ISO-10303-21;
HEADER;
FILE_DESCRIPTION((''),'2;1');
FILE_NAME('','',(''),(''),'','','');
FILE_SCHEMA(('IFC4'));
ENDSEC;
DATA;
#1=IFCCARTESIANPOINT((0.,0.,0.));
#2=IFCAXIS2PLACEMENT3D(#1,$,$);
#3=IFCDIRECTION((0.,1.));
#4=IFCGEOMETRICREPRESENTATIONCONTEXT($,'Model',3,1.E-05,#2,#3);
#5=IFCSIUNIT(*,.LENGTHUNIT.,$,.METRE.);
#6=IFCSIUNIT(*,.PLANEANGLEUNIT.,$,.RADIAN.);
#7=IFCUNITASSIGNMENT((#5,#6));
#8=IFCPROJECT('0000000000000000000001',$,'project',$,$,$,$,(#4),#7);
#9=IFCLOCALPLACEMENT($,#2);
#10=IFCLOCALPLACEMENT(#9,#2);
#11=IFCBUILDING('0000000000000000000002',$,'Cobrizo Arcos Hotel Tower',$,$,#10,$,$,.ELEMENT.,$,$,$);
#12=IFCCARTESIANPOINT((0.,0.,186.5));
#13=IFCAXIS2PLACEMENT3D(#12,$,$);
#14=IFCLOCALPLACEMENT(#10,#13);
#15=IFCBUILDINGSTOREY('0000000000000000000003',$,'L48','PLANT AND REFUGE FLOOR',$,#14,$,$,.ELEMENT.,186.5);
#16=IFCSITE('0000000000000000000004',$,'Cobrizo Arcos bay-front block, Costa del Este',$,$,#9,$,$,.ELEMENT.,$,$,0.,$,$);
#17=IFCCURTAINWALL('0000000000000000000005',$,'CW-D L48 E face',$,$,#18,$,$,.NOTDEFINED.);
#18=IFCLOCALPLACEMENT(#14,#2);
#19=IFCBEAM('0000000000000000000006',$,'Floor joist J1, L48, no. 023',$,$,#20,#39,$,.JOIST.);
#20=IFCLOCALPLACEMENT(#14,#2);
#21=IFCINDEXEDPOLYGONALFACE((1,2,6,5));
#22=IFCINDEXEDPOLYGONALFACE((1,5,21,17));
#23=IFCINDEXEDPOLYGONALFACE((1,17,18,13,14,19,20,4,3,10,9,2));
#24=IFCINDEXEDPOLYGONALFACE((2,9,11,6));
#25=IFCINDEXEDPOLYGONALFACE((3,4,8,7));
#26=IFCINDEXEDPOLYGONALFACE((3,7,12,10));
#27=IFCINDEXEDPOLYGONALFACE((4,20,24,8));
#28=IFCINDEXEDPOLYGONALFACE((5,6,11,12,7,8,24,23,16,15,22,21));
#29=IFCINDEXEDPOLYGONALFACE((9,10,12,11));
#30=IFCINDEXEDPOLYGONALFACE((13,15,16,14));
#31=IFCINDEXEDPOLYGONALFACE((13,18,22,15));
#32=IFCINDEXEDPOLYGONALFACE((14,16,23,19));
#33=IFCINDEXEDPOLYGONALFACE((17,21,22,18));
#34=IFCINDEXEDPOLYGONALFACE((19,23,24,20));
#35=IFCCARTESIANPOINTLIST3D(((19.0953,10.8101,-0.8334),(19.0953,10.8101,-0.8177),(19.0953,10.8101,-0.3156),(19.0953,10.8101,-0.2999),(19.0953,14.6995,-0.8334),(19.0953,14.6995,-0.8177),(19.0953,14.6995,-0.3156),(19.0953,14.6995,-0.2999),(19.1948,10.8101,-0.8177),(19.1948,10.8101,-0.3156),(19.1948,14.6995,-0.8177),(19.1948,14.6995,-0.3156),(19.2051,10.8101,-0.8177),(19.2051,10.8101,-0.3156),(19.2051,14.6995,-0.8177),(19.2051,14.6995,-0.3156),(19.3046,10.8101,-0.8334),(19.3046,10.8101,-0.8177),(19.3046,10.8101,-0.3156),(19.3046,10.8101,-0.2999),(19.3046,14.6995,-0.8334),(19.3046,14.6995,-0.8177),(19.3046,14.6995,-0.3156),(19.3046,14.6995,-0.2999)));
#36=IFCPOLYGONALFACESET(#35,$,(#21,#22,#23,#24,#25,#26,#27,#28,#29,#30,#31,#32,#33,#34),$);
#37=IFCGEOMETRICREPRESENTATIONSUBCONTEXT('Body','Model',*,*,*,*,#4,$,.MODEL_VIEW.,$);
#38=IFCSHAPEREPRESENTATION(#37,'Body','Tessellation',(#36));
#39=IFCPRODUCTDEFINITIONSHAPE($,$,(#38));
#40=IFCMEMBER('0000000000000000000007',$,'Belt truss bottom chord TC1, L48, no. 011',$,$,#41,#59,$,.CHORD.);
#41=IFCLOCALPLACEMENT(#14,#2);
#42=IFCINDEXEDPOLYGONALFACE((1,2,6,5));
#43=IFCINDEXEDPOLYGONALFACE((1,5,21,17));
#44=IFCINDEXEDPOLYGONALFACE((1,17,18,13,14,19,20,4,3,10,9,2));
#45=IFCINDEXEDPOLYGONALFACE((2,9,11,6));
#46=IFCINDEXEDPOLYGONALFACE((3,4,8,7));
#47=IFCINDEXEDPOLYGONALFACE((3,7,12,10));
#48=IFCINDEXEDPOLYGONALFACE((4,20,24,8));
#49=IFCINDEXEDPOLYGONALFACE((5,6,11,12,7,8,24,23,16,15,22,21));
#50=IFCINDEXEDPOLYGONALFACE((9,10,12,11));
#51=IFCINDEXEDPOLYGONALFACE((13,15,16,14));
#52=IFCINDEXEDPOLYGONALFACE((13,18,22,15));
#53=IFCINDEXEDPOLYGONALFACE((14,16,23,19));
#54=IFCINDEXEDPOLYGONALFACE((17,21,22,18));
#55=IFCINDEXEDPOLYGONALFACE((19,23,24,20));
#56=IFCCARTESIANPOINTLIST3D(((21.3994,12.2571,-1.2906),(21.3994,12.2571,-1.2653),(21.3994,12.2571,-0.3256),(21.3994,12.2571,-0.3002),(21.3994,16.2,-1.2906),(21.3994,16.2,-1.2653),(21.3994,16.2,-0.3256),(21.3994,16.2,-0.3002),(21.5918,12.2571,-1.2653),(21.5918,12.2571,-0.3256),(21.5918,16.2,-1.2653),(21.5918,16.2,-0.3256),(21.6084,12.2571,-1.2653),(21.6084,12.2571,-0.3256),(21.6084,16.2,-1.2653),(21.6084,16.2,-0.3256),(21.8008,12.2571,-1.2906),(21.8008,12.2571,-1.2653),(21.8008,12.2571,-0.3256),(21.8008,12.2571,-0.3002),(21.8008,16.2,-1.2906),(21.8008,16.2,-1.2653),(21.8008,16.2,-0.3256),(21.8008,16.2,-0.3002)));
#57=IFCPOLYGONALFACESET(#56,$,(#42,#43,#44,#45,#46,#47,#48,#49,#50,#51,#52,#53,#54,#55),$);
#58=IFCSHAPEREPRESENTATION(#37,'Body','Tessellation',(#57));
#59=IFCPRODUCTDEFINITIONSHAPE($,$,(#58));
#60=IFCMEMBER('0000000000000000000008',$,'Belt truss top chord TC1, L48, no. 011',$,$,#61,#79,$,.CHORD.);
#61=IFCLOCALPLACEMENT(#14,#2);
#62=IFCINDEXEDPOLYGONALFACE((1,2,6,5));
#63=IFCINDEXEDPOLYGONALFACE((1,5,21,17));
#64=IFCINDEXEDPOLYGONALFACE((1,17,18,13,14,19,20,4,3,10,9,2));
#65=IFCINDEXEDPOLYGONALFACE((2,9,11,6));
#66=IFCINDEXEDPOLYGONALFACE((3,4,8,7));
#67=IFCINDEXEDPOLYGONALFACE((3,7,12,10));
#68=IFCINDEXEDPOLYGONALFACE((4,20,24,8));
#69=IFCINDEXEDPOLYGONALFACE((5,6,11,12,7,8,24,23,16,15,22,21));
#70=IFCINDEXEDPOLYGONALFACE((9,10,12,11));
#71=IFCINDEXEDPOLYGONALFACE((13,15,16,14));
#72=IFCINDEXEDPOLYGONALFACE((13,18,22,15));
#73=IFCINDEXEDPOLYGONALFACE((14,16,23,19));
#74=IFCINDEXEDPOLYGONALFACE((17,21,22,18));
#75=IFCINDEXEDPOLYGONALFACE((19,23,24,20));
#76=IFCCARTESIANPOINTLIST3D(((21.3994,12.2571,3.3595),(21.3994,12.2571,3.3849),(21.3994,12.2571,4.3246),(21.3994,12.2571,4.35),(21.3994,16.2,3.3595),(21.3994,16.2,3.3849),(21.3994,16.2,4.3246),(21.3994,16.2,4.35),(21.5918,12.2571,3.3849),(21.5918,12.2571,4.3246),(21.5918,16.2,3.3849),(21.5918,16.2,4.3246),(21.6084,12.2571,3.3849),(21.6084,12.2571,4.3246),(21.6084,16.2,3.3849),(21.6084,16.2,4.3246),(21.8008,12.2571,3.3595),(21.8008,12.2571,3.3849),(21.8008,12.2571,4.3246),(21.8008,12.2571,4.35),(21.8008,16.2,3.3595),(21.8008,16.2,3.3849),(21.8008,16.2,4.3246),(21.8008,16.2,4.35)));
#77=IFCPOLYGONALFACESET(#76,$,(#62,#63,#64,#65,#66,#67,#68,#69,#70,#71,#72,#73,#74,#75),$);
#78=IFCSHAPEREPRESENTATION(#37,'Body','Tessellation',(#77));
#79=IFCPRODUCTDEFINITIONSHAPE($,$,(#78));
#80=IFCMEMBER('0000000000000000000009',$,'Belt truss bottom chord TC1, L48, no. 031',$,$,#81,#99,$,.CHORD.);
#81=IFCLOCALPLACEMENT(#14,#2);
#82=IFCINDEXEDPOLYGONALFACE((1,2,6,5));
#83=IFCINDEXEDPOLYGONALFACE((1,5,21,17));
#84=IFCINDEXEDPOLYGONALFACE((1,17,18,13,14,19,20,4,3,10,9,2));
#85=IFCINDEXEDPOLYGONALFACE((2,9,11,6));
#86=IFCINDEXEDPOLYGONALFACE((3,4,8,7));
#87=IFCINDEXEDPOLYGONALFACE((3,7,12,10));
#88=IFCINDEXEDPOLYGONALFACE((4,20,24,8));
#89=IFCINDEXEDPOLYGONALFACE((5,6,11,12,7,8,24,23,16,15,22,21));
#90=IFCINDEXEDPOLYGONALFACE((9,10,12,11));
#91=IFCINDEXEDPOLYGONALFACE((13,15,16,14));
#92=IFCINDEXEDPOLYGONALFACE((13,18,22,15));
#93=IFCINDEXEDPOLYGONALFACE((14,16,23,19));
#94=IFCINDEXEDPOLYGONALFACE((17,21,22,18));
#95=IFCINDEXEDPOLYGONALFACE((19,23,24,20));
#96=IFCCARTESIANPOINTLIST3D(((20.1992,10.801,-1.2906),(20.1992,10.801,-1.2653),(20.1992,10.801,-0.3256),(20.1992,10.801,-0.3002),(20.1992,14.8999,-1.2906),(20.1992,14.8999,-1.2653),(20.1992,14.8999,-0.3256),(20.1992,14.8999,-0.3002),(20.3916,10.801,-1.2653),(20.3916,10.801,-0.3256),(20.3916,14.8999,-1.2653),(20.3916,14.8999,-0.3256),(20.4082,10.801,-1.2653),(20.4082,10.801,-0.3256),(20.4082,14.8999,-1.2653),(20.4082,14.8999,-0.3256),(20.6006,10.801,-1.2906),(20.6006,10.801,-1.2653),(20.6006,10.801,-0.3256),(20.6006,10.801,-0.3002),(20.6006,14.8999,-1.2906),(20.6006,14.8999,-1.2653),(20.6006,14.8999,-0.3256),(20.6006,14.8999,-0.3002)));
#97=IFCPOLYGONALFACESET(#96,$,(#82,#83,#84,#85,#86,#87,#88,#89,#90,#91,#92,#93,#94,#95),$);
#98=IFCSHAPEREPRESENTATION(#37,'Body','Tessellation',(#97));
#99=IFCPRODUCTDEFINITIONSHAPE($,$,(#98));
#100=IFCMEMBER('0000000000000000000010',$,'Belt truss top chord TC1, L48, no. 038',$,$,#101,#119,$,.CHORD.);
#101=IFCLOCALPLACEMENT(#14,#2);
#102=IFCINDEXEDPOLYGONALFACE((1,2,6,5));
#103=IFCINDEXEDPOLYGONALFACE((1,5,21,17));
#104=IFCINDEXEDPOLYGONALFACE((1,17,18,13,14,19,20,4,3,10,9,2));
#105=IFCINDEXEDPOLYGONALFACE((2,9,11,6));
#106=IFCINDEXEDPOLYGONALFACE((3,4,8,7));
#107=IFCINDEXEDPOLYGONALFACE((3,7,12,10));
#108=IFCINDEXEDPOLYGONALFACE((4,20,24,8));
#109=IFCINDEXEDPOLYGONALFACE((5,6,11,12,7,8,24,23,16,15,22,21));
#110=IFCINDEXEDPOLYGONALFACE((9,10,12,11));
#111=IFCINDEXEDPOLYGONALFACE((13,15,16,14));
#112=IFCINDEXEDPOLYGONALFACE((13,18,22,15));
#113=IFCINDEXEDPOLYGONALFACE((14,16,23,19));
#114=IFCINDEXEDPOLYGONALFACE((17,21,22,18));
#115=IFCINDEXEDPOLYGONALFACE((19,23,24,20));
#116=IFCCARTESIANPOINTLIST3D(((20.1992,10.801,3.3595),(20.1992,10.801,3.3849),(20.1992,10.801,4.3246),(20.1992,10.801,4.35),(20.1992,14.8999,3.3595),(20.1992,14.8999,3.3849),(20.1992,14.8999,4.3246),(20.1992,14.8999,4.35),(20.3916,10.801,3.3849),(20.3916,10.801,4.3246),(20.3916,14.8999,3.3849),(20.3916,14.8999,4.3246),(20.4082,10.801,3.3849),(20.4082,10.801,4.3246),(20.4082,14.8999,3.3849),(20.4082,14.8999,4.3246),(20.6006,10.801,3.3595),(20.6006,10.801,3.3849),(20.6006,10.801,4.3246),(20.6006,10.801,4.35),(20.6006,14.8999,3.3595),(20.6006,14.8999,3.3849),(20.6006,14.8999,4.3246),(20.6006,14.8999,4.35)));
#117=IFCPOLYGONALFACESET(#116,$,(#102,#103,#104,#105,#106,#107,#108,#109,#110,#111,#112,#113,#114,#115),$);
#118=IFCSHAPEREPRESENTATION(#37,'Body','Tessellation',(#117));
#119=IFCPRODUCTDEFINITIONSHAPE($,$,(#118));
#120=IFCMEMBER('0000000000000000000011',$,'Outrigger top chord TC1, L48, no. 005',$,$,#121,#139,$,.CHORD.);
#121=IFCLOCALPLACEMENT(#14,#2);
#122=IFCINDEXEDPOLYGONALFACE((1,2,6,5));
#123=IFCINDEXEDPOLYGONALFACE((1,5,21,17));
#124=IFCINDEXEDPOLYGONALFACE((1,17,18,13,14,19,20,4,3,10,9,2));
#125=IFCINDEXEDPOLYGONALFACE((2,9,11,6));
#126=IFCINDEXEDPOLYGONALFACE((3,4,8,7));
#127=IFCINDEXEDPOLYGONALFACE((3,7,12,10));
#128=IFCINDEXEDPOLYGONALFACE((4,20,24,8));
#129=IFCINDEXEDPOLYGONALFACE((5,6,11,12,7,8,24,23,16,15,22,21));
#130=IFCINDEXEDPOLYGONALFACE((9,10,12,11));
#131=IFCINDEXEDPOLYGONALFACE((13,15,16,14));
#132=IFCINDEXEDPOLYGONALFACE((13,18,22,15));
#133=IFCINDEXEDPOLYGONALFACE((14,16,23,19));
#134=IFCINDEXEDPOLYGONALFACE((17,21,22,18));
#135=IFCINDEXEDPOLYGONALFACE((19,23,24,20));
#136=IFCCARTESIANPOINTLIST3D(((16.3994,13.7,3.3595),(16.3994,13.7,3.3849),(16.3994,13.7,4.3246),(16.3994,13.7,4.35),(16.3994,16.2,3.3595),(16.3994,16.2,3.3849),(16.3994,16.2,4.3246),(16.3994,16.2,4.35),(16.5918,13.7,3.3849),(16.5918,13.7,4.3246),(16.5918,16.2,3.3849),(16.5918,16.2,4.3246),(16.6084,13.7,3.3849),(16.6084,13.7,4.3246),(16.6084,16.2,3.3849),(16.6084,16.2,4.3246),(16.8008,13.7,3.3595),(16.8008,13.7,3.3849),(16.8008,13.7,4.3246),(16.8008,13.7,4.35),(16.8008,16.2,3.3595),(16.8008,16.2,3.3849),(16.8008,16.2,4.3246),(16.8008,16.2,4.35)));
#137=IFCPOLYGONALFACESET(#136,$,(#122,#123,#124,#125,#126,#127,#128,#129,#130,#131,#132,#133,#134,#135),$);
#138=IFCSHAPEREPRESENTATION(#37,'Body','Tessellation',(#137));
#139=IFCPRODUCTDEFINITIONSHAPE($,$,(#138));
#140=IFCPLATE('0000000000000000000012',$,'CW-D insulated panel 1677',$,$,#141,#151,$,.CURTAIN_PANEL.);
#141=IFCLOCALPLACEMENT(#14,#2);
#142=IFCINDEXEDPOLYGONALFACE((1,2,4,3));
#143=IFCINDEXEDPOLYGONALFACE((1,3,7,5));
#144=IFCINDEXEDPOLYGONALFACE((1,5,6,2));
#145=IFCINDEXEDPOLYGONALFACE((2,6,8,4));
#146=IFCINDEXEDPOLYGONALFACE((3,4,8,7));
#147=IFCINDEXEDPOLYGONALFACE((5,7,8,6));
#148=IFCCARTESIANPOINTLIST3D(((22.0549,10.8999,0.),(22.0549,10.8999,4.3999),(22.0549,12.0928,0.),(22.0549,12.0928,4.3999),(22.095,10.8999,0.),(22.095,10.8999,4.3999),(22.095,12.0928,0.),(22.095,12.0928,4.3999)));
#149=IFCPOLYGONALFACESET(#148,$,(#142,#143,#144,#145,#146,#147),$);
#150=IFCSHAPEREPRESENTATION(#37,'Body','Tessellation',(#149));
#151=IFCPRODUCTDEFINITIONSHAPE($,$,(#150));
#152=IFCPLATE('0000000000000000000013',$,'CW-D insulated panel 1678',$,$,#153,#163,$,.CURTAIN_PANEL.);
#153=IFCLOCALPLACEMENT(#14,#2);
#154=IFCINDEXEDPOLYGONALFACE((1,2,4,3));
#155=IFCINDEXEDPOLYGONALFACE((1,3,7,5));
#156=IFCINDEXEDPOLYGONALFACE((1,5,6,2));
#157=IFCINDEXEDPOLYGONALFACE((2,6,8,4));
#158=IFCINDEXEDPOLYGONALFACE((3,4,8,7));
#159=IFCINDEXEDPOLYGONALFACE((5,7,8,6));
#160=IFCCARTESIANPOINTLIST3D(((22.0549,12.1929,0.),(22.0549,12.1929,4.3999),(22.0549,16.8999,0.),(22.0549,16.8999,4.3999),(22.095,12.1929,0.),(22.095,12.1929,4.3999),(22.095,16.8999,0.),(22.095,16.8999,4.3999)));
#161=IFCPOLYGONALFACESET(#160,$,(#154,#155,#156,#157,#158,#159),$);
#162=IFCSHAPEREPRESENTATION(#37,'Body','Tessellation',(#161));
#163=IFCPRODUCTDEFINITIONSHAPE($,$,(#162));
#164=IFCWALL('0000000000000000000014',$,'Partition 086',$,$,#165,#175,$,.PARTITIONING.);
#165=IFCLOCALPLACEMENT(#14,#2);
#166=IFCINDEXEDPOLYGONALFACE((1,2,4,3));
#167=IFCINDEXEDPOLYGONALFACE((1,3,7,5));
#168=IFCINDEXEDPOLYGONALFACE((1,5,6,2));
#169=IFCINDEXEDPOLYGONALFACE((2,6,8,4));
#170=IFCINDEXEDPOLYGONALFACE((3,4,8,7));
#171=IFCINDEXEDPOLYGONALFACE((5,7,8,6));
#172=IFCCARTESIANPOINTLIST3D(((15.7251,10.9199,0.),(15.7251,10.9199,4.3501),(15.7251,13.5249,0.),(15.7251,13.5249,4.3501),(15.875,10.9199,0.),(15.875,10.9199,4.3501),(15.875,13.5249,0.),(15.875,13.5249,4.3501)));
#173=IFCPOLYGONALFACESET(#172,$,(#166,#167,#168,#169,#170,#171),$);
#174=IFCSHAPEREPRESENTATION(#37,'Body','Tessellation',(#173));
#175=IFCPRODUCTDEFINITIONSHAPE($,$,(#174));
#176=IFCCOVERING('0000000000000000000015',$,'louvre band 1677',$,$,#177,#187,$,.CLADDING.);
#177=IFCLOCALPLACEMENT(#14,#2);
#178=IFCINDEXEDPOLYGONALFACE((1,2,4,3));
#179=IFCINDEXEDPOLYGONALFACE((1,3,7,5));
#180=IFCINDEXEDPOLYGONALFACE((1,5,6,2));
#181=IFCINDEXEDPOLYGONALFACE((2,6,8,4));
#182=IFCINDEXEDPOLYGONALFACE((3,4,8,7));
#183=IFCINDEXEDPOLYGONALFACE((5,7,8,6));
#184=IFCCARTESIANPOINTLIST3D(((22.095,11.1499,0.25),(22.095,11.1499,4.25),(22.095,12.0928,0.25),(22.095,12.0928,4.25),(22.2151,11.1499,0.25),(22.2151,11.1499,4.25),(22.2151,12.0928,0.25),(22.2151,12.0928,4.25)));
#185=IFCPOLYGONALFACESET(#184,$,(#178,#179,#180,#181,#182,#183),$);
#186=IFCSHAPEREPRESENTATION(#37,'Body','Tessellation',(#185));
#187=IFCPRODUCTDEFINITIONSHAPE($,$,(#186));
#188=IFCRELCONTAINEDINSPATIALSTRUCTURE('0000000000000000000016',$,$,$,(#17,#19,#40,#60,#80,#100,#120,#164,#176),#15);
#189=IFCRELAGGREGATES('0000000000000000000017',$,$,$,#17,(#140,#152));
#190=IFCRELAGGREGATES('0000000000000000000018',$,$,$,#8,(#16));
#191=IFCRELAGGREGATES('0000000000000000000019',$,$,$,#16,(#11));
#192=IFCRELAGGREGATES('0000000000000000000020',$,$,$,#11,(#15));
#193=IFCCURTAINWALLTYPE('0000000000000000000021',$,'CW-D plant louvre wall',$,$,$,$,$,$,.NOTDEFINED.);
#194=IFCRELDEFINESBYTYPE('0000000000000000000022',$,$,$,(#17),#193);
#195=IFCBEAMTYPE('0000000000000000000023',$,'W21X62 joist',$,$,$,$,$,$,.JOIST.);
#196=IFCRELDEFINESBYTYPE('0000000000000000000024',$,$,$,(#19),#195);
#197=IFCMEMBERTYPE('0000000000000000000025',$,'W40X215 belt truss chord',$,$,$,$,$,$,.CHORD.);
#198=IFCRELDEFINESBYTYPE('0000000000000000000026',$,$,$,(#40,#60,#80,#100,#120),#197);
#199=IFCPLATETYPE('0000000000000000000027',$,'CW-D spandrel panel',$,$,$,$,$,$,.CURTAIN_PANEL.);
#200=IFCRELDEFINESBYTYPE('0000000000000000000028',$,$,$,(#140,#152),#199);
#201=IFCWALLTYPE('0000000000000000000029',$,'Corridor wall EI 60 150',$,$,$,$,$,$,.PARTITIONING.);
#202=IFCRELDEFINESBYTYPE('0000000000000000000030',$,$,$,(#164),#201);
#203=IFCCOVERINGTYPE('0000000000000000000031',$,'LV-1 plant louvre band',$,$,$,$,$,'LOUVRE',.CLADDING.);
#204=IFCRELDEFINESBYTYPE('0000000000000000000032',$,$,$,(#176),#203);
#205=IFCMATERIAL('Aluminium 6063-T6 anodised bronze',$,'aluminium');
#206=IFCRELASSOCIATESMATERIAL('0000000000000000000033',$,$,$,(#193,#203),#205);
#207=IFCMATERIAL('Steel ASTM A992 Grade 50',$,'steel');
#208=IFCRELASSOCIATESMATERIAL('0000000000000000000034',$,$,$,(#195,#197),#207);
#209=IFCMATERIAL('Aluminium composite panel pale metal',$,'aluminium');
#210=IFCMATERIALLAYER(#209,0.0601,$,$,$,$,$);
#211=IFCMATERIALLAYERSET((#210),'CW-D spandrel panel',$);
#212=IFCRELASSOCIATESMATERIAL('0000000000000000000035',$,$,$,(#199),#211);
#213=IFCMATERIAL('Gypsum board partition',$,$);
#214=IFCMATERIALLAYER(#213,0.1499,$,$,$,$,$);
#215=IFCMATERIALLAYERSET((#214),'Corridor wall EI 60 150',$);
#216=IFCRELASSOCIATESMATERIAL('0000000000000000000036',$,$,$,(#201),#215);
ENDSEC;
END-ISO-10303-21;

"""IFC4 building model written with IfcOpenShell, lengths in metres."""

from ifc_helpers import new_model, si_unit, direction, frame, frame_2d, origin, origin_2d, place, context, subcontext, project, spatial, rectangle, i_section, extrude, material, layer, layer_set, material_profile, profile_set, type_object, element, aggregate, save


model = new_model("IFC4")

# Units and contexts
model_context = context("Model", 3, precision=1e-05, world=origin(), true_north=direction((0.0, 1.0)))
body_context = subcontext(model_context, "Body", "Model", "MODEL_VIEW")
ifc_project = project(units=[si_unit("LENGTHUNIT", "METRE"), si_unit("PLANEANGLEUNIT", "RADIAN")], contexts=[model_context])

# Site, building, storey
site_placement = place(None, origin())
site = spatial("IfcSite", under=ifc_project, at=site_placement, Name="Cobrizo Arcos bay-front block, Costa del Este", CompositionType="ELEMENT", RefElevation=0.0)
building_placement = place(site_placement, origin())
building = spatial("IfcBuilding", under=site, at=building_placement, Name="Cobrizo Arcos Hotel Tower", CompositionType="ELEMENT")
storey_placement = place(building_placement, frame((0.0, 0.0, 186.5)))
storey = spatial("IfcBuildingStorey", under=building, at=storey_placement, Name="L48", Description="PLANT AND REFUGE FLOOR", CompositionType="ELEMENT", Elevation=186.5)

# Curtain wall
ifc_material_1 = material(Name="Aluminium 6063-T6 anodised bronze", Category="aluminium")
curtain_wall_type = type_object("IfcCurtainWallType", Name="CW-D plant louvre wall", PredefinedType="NOTDEFINED", material=ifc_material_1)
curtain_wall_placement = place(storey_placement, origin())
curtain_wall = element("IfcCurtainWall", 1, at=curtain_wall_placement, inside=storey, type_object=curtain_wall_type, Name="CW-D L48 E face", PredefinedType="NOTDEFINED")

# Shared definitions
ifc_material_2 = material(Name="Steel ASTM A992 Grade 50", Category="steel")

# Beam
ifc_material_profile_1 = material_profile(ifc_material_2, i_section(OverallWidth=0.2092, OverallDepth=0.5334, WebThickness=0.0103, FlangeThickness=0.0156, at=origin_2d()), Name="W21X62")
ifc_profile_set_1 = profile_set([ifc_material_profile_1], Name="Steel ASTM A992 Grade 50")
beam_type = type_object("IfcBeamType", Name="W21X62 joist", PredefinedType="JOIST", material=ifc_profile_set_1)
beam_placement = place(storey_placement, frame((19.2, 10.8101, -0.5667), z_axis=(0.0, 1.0, 0.0), x_axis=(-1.0, 0.0, 0.0)))
element("IfcBeam", 2, at=beam_placement, inside=storey, type_object=beam_type, Name="Floor joist J1, L48, no. 023", PredefinedType="JOIST", context=body_context, shape_type="SweptSolid", body=[
    extrude(i_section(OverallWidth=0.2092, OverallDepth=0.5334, WebThickness=0.0103, FlangeThickness=0.0156, at=origin_2d()), origin(), (0.0, 0.0, 1.0), 3.8894),
])

# Members
ifc_material_profile_2 = material_profile(ifc_material_2, i_section(OverallWidth=0.4014, OverallDepth=0.9905, WebThickness=0.0166, FlangeThickness=0.0254, at=origin_2d()), Name="W40X215")
ifc_profile_set_2 = profile_set([ifc_material_profile_2], Name="Steel ASTM A992 Grade 50")
member_type_1 = type_object("IfcMemberType", Name="W40X215 belt truss chord", PredefinedType="CHORD", material=ifc_profile_set_2)
for number, where, z_axis, x_axis, name in (
    (3, (21.6001, 12.2571, -0.7954), (0.0, 1.0, 0.0), (-1.0, 0.0, 0.0), "Belt truss bottom chord TC1, L48, no. 011"),
    (4, (21.6001, 12.2571, 3.8547), (0.0, 1.0, 0.0), (-1.0, 0.0, 0.0), "Belt truss top chord TC1, L48, no. 011"),
):
    element("IfcMember", number, at=place(storey_placement, frame(where, z_axis=z_axis, x_axis=x_axis)), inside=storey, type_object=member_type_1, Name=name, PredefinedType="CHORD", context=body_context, shape_type="SweptSolid", body=[
        extrude(i_section(OverallWidth=0.4014, OverallDepth=0.9905, WebThickness=0.0166, FlangeThickness=0.0254, at=origin_2d()), origin(), (0.0, 0.0, 1.0), 3.9429),
    ])
for number, where, z_axis, x_axis, name in (
    (5, (20.3999, 10.801, -0.7954), (0.0, 1.0, 0.0), (-1.0, 0.0, 0.0), "Belt truss bottom chord TC1, L48, no. 031"),
    (6, (20.3999, 10.801, 3.8547), (0.0, 1.0, 0.0), (-1.0, 0.0, 0.0), "Belt truss top chord TC1, L48, no. 038"),
):
    element("IfcMember", number, at=place(storey_placement, frame(where, z_axis=z_axis, x_axis=x_axis)), inside=storey, type_object=member_type_1, Name=name, PredefinedType="CHORD", context=body_context, shape_type="SweptSolid", body=[
        extrude(i_section(OverallWidth=0.4014, OverallDepth=0.9905, WebThickness=0.0166, FlangeThickness=0.0254, at=origin_2d()), origin(), (0.0, 0.0, 1.0), 4.0989),
    ])
member_1_placement = place(storey_placement, frame((16.6001, 13.7, 3.8547), z_axis=(0.0, 1.0, 0.0), x_axis=(-1.0, 0.0, 0.0)))
element("IfcMember", 7, at=member_1_placement, inside=storey, type_object=member_type_1, Name="Outrigger top chord TC1, L48, no. 005", PredefinedType="CHORD", context=body_context, shape_type="SweptSolid", body=[
    extrude(i_section(OverallWidth=0.4014, OverallDepth=0.9905, WebThickness=0.0166, FlangeThickness=0.0254, at=origin_2d()), origin(), (0.0, 0.0, 1.0), 2.5),
])

# Plates
ifc_material_3 = material(Name="Aluminium composite panel pale metal", Category="aluminium")
ifc_layer_1 = layer(ifc_material_3, 0.0601)
ifc_layer_set_1 = layer_set([ifc_layer_1], Name="CW-D spandrel panel")
plate_type = type_object("IfcPlateType", Name="CW-D spandrel panel", PredefinedType="CURTAIN_PANEL", material=ifc_layer_set_1)
plate_1_placement = place(storey_placement, frame((22.075, 11.4963, 0.0), z_axis=(0.0, 0.0, 1.0), x_axis=(0.0, 1.0, 0.0)))
plate_1 = element("IfcPlate", 8, at=plate_1_placement, type_object=plate_type, Name="CW-D insulated panel 1677", PredefinedType="CURTAIN_PANEL", context=body_context, shape_type="SweptSolid", body=[
    extrude(rectangle(XDim=1.1929, YDim=0.04, at=origin_2d()), origin(), (0.0, 0.0, 1.0), 4.3999),
])
plate_2_placement = place(storey_placement, frame((22.075, 14.5464, 0.0), z_axis=(0.0, 0.0, 1.0), x_axis=(0.0, 1.0, 0.0)))
plate_2 = element("IfcPlate", 9, at=plate_2_placement, type_object=plate_type, Name="CW-D insulated panel 1678", PredefinedType="CURTAIN_PANEL", context=body_context, shape_type="SweptSolid", body=[
    extrude(rectangle(XDim=4.707, YDim=0.04, at=origin_2d()), origin(), (0.0, 0.0, 1.0), 4.3999),
])
aggregate(curtain_wall, [plate_1, plate_2])

# Wall
ifc_material_4 = material(Name="Gypsum board partition")
ifc_layer_2 = layer(ifc_material_4, 0.1499)
ifc_layer_set_2 = layer_set([ifc_layer_2], Name="Corridor wall EI 60 150")
wall_type = type_object("IfcWallType", Name="Corridor wall EI 60 150", PredefinedType="PARTITIONING", material=ifc_layer_set_2)
wall_placement = place(storey_placement, frame((15.8, 10.9199, 0.0), z_axis=(0.0, 0.0, 1.0), x_axis=(0.0, 1.0, 0.0)))
element("IfcWall", 10, at=wall_placement, inside=storey, type_object=wall_type, Name="Partition 086", PredefinedType="PARTITIONING", context=body_context, shape_type="SweptSolid", body=[
    extrude(rectangle(XDim=2.605, YDim=0.1499, at=frame_2d((1.3025, 0.0))), origin(), (0.0, 0.0, 1.0), 4.3501),
])

# Covering
covering_type = type_object("IfcCoveringType", Name="LV-1 plant louvre band", ElementType="LOUVRE", PredefinedType="CLADDING", material=ifc_material_1)
covering_1_placement = place(storey_placement, frame((22.155, 11.6213, 0.25), z_axis=(0.0, 0.0, 1.0), x_axis=(0.0, 1.0, 0.0)))
element("IfcCovering", 11, at=covering_1_placement, inside=storey, type_object=covering_type, Name="louvre band 1677", PredefinedType="CLADDING", context=body_context, shape_type="SweptSolid", body=[
    extrude(rectangle(XDim=0.9429, YDim=0.1201, at=origin_2d()), origin(), (0.0, 0.0, 1.0), 4.0),
])

save(model, "model.ifc")
